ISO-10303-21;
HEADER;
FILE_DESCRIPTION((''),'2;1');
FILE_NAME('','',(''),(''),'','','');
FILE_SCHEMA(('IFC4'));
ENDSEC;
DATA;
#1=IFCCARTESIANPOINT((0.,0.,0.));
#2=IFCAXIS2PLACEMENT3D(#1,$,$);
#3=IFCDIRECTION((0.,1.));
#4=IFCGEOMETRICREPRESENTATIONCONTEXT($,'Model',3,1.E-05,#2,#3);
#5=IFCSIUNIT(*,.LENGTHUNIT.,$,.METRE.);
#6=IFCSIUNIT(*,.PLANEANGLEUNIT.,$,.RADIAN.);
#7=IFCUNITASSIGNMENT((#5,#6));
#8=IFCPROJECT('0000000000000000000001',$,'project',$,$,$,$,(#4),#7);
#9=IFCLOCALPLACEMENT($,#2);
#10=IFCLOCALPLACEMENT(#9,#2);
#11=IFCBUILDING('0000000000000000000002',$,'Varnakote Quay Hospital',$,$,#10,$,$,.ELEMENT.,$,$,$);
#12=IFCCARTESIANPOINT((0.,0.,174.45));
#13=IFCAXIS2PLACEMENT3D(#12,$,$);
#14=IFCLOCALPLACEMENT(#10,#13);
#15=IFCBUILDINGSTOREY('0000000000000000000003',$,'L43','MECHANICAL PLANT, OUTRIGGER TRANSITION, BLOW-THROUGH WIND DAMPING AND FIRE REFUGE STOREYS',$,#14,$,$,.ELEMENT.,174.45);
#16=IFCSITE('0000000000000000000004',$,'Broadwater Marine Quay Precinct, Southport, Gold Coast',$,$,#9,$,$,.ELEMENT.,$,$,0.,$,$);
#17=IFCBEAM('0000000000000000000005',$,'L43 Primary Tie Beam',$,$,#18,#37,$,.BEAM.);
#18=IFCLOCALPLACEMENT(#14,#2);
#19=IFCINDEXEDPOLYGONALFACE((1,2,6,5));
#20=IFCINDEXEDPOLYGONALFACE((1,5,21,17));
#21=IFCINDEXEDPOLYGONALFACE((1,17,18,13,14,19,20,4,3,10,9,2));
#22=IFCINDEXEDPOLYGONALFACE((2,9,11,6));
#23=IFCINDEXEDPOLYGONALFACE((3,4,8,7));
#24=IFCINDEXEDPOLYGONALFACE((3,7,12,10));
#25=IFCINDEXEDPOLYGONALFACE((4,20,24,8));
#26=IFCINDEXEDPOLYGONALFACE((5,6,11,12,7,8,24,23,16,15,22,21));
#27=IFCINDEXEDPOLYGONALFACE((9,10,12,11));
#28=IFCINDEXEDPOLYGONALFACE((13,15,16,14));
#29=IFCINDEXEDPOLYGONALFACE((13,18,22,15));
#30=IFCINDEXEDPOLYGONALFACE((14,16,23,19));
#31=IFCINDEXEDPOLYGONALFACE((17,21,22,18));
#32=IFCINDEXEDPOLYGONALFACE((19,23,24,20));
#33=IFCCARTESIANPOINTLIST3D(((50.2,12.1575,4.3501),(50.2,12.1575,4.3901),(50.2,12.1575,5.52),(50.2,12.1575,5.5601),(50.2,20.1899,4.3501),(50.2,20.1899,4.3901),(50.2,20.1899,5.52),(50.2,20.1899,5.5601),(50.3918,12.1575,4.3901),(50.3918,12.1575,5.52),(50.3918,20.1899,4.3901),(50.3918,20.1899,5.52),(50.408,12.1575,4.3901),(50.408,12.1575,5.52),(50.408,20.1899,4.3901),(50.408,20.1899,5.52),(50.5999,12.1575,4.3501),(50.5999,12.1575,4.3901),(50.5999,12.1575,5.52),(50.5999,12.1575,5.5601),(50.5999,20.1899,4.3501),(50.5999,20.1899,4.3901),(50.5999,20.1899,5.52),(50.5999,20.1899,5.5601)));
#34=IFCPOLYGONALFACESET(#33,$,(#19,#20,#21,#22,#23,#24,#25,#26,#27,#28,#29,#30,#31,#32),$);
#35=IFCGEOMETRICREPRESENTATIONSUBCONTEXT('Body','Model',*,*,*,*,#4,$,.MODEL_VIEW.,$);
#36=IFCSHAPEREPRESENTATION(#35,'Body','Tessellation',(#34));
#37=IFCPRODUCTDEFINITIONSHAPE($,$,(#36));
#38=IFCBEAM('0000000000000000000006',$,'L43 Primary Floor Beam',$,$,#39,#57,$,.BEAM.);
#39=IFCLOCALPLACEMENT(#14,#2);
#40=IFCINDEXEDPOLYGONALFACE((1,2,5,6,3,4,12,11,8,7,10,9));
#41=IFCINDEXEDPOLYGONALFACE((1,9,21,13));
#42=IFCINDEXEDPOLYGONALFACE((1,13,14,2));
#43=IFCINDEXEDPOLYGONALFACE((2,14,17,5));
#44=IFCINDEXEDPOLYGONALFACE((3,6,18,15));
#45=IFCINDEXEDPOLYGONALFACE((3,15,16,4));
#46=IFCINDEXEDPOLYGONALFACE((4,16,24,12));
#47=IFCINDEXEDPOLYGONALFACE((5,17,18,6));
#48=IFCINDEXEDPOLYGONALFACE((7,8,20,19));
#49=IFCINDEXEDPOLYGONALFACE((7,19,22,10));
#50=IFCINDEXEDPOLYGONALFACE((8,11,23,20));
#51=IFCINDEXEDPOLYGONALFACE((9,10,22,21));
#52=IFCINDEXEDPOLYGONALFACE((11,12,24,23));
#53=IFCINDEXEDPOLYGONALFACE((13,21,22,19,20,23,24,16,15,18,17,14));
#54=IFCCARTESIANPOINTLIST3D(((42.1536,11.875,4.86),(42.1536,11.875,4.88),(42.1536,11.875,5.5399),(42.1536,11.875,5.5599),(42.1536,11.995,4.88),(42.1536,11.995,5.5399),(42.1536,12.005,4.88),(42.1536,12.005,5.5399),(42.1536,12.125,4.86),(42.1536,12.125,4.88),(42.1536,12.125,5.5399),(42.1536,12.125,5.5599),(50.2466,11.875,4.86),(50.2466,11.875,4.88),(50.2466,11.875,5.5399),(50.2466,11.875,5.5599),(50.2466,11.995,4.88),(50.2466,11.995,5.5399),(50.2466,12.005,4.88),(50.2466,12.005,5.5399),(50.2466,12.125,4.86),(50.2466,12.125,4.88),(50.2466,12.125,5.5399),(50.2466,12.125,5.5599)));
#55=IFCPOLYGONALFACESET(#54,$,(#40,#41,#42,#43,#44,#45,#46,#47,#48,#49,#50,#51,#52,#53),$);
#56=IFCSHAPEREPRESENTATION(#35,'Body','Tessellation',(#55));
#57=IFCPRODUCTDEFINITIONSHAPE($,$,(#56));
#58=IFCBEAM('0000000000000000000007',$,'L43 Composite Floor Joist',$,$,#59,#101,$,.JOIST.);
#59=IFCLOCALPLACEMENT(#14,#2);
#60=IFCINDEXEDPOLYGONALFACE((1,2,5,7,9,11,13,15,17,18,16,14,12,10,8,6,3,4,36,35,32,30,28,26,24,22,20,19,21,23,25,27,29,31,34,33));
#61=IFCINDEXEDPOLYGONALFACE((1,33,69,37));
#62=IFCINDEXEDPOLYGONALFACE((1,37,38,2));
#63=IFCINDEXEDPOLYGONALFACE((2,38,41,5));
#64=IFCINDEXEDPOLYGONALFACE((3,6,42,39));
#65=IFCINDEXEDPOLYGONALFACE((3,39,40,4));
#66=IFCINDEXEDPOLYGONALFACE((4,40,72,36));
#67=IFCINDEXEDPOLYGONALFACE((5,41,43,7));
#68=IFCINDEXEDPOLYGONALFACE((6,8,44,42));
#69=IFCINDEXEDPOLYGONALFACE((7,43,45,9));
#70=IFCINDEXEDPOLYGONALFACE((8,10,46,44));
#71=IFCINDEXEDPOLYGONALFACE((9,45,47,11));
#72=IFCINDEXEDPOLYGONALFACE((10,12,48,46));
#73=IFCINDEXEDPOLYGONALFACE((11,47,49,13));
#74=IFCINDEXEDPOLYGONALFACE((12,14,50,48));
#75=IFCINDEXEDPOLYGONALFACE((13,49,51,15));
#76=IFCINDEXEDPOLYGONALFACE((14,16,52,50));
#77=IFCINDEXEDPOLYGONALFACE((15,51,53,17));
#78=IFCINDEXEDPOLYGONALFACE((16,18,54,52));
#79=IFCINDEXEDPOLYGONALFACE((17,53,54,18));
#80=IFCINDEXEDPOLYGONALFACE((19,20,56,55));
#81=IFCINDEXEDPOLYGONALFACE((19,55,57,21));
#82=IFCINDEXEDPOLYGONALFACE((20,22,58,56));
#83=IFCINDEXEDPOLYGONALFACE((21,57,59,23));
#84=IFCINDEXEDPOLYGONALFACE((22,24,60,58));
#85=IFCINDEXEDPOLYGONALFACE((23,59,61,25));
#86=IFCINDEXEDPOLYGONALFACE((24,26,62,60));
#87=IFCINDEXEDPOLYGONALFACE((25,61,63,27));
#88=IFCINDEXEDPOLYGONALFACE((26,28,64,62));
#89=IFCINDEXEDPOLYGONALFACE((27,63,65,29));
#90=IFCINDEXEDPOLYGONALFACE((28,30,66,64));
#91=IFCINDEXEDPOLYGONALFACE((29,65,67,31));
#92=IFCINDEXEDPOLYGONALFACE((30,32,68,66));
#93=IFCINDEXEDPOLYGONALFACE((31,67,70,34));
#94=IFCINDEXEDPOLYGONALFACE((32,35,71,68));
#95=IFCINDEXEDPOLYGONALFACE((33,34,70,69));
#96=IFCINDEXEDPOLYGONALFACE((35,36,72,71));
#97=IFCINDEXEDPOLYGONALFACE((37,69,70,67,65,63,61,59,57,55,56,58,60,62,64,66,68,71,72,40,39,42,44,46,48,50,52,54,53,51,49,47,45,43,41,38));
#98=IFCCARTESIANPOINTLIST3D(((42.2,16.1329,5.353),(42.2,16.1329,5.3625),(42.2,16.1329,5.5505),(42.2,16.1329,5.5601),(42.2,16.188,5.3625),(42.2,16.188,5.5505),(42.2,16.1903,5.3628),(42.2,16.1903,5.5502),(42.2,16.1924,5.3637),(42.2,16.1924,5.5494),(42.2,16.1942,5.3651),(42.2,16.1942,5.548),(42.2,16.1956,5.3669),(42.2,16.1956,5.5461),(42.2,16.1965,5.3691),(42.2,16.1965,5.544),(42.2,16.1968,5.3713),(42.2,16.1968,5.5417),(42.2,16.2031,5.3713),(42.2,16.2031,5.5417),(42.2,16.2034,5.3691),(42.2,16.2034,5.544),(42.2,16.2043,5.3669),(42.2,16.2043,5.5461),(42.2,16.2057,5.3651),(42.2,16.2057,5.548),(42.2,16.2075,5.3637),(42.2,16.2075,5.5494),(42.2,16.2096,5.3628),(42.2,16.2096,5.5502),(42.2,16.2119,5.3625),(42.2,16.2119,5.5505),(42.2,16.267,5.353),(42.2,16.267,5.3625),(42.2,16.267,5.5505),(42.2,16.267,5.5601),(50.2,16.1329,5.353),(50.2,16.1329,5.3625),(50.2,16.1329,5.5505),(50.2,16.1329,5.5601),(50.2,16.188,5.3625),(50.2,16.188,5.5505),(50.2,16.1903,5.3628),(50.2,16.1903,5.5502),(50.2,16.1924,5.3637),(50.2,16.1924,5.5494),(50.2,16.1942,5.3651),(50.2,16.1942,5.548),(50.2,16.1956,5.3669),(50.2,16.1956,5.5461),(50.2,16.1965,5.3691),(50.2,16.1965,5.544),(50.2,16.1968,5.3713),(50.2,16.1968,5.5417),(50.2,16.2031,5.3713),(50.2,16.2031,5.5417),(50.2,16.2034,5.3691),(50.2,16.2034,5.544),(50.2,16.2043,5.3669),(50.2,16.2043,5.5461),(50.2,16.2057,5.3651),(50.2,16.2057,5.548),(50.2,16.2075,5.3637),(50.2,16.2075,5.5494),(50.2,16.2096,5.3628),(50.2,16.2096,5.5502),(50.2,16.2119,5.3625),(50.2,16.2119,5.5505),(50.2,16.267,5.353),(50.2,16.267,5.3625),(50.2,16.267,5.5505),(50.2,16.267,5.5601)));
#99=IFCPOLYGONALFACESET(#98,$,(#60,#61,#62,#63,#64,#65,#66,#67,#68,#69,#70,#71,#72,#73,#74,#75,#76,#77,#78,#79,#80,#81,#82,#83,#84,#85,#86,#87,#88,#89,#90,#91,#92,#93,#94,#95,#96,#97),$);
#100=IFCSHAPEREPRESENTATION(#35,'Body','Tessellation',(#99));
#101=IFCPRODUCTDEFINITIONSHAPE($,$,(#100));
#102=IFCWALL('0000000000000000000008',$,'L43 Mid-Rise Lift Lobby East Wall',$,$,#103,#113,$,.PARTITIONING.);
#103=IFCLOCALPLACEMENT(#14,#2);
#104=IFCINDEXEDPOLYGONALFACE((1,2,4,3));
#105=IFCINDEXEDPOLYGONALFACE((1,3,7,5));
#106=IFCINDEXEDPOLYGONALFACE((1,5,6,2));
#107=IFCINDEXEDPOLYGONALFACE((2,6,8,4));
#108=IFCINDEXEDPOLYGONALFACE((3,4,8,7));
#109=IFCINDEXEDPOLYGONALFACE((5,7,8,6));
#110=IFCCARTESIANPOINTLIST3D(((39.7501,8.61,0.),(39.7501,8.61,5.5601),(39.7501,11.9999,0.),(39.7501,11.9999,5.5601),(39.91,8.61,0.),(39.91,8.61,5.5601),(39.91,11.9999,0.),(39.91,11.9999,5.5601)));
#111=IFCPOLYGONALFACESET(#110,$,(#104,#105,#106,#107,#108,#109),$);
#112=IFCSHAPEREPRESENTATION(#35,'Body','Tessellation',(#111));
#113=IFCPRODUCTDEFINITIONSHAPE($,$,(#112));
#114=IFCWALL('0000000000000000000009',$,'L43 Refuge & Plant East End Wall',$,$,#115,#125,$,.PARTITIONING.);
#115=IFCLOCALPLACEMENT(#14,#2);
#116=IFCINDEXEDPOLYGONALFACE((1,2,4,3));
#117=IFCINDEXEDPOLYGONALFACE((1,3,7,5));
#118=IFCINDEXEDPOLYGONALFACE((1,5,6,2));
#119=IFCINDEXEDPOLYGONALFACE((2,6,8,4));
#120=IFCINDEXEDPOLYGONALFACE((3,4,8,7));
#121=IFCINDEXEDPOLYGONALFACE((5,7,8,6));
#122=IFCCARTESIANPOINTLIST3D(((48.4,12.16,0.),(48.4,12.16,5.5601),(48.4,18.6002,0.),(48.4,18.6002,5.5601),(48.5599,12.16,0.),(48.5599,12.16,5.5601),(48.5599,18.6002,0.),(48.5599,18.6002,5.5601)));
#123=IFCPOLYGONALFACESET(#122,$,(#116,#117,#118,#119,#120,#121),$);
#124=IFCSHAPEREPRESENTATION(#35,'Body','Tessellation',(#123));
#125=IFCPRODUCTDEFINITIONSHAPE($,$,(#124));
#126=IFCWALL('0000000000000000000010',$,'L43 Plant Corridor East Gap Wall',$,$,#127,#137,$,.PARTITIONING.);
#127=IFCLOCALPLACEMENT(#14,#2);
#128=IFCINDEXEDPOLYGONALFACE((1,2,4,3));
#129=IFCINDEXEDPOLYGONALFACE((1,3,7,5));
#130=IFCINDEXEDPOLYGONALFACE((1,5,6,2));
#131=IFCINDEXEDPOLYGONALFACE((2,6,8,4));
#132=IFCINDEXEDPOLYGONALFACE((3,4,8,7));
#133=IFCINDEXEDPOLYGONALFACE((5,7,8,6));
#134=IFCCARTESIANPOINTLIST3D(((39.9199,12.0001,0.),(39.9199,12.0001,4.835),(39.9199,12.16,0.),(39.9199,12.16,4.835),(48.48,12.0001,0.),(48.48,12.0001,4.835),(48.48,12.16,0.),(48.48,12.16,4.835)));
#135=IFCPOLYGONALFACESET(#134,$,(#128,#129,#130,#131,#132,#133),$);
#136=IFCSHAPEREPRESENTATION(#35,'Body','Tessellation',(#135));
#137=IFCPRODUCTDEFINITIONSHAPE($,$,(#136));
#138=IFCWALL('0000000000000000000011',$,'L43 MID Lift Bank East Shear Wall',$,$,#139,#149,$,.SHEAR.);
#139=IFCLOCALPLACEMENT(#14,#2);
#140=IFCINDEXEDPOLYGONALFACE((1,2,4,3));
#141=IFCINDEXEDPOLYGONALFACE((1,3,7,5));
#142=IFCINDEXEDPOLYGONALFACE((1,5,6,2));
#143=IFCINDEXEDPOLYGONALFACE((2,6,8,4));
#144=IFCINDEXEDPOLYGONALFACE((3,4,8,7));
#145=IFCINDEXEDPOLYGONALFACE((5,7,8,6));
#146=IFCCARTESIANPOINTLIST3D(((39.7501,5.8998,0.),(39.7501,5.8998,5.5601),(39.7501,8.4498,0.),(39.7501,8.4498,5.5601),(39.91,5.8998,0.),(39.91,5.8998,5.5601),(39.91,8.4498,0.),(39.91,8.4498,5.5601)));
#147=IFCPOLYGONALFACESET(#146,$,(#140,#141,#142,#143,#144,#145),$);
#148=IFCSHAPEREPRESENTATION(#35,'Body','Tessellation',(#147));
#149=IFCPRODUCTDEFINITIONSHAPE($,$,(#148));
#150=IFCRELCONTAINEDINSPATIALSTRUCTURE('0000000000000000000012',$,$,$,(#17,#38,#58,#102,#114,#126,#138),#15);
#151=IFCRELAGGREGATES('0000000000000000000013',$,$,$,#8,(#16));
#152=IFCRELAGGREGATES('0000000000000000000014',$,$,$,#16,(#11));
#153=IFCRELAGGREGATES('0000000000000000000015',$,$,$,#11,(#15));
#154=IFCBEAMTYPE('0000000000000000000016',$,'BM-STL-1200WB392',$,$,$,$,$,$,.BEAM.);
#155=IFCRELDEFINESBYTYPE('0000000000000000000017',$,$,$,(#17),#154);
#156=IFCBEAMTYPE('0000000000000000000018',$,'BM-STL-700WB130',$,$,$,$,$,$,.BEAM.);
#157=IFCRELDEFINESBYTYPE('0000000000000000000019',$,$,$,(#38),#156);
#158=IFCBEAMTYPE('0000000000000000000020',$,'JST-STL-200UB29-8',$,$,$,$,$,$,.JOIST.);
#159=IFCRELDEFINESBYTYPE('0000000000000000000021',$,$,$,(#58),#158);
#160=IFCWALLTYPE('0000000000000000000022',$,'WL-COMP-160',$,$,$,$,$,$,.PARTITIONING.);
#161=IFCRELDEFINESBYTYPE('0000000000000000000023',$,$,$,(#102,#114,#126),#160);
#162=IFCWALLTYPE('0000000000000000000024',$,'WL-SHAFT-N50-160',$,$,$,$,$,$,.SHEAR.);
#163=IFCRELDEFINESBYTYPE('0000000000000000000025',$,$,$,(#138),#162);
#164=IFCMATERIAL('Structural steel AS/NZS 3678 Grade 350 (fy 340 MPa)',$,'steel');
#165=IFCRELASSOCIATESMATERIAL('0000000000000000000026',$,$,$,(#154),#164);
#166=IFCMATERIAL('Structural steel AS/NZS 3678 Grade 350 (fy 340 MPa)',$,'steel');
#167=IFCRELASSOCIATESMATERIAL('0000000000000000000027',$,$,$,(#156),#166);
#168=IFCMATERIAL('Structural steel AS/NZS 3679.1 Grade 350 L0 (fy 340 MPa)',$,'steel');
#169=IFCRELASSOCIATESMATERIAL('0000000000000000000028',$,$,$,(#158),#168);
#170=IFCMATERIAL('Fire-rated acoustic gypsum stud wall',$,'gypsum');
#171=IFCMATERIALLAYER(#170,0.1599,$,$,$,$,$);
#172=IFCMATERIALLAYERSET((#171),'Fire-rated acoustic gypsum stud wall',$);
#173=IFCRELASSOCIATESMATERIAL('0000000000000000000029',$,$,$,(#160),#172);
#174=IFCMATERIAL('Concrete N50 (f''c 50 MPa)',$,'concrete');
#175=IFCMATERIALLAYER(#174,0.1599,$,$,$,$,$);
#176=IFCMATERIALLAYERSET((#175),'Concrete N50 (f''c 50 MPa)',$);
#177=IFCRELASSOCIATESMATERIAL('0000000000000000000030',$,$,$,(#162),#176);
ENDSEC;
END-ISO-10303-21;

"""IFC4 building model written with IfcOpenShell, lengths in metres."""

from ifc_helpers import new_model, si_unit, direction, frame, frame_2d, origin, origin_2d, place, context, subcontext, project, spatial, rectangle, i_section, extrude, material, layer, layer_set, material_profile, profile_set, type_object, element, save


model = new_model("IFC4")

# Units and contexts
model_context = context("Model", 3, precision=1e-05, world=origin(), true_north=direction((0.0, 1.0)))
body_context = subcontext(model_context, "Body", "Model", "MODEL_VIEW")
ifc_project = project(units=[si_unit("LENGTHUNIT", "METRE"), si_unit("PLANEANGLEUNIT", "RADIAN")], contexts=[model_context])

# Site, building, storey
site_placement = place(None, origin())
site = spatial("IfcSite", under=ifc_project, at=site_placement, Name="Broadwater Marine Quay Precinct, Southport, Gold Coast", CompositionType="ELEMENT", RefElevation=0.0)
building_placement = place(site_placement, origin())
building = spatial("IfcBuilding", under=site, at=building_placement, Name="Varnakote Quay Hospital", CompositionType="ELEMENT")
storey_placement = place(building_placement, frame((0.0, 0.0, 174.45)))
storey = spatial("IfcBuildingStorey", under=building, at=storey_placement, Name="L43", Description="MECHANICAL PLANT, OUTRIGGER TRANSITION, BLOW-THROUGH WIND DAMPING AND FIRE REFUGE STOREYS", CompositionType="ELEMENT", Elevation=174.45)

# Beams
ifc_material_1 = material(Name="Structural steel AS/NZS 3678 Grade 350 (fy 340 MPa)", Category="steel")
ifc_material_profile_1 = material_profile(ifc_material_1, i_section(OverallWidth=0.3999, OverallDepth=1.21, WebThickness=0.0161, FlangeThickness=0.04, at=origin_2d()), Name="1200WB392")
ifc_profile_set_1 = profile_set([ifc_material_profile_1], Name="Structural steel AS/NZS 3678 Grade 350 (fy 340 MPa)")
beam_type_1 = type_object("IfcBeamType", Name="BM-STL-1200WB392", PredefinedType="BEAM", material=ifc_profile_set_1)
beam_1_placement = place(storey_placement, frame((50.3999, 12.1575, 4.9551), z_axis=(0.0, 1.0, 0.0), x_axis=(-1.0, 0.0, 0.0)))
element("IfcBeam", 1, at=beam_1_placement, inside=storey, type_object=beam_type_1, Name="L43 Primary Tie Beam", PredefinedType="BEAM", context=body_context, shape_type="SweptSolid", body=[
    extrude(i_section(OverallWidth=0.3999, OverallDepth=1.21, WebThickness=0.0161, FlangeThickness=0.04, at=origin_2d()), origin(), (0.0, 0.0, 1.0), 8.0325),
])
ifc_material_2 = material(Name="Structural steel AS/NZS 3678 Grade 350 (fy 340 MPa)", Category="steel")
ifc_material_profile_2 = material_profile(ifc_material_2, i_section(OverallWidth=0.25, OverallDepth=0.7, WebThickness=0.01, FlangeThickness=0.02, at=origin_2d()), Name="700WB130")
ifc_profile_set_2 = profile_set([ifc_material_profile_2], Name="Structural steel AS/NZS 3678 Grade 350 (fy 340 MPa)")
beam_type_2 = type_object("IfcBeamType", Name="BM-STL-700WB130", PredefinedType="BEAM", material=ifc_profile_set_2)
beam_2_placement = place(storey_placement, frame((42.1536, 12.0, 5.21), z_axis=(1.0, 0.0, 0.0), x_axis=(0.0, 1.0, 0.0)))
element("IfcBeam", 2, at=beam_2_placement, inside=storey, type_object=beam_type_2, Name="L43 Primary Floor Beam", PredefinedType="BEAM", context=body_context, shape_type="SweptSolid", body=[
    extrude(i_section(OverallWidth=0.25, OverallDepth=0.7, WebThickness=0.01, FlangeThickness=0.02, at=origin_2d()), origin(), (0.0, 0.0, 1.0), 8.093),
])
ifc_material_3 = material(Name="Structural steel AS/NZS 3679.1 Grade 350 L0 (fy 340 MPa)", Category="steel")
ifc_material_profile_3 = material_profile(ifc_material_3, i_section(OverallWidth=0.134, OverallDepth=0.207, WebThickness=0.0063, FlangeThickness=0.0095, FilletRadius=0.0088, at=origin_2d()), Name="200UB29.8")
ifc_profile_set_3 = profile_set([ifc_material_profile_3], Name="Structural steel AS/NZS 3679.1 Grade 350 L0 (fy 340 MPa)")
beam_type_3 = type_object("IfcBeamType", Name="JST-STL-200UB29-8", PredefinedType="JOIST", material=ifc_profile_set_3)
beam_3_placement = place(storey_placement, frame((42.2, 16.2, 5.4565), z_axis=(1.0, 0.0, 0.0), x_axis=(0.0, 1.0, 0.0)))
element("IfcBeam", 3, at=beam_3_placement, inside=storey, type_object=beam_type_3, Name="L43 Composite Floor Joist", PredefinedType="JOIST", context=body_context, shape_type="SweptSolid", body=[
    extrude(i_section(OverallWidth=0.134, OverallDepth=0.207, WebThickness=0.0063, FlangeThickness=0.0095, FilletRadius=0.0088, at=origin_2d()), origin(), (0.0, 0.0, 1.0), 8.0),
])

# Walls
ifc_material_4 = material(Name="Fire-rated acoustic gypsum stud wall", Category="gypsum")
ifc_layer_1 = layer(ifc_material_4, 0.1599)
ifc_layer_set_1 = layer_set([ifc_layer_1], Name="Fire-rated acoustic gypsum stud wall")
wall_type_1 = type_object("IfcWallType", Name="WL-COMP-160", PredefinedType="PARTITIONING", material=ifc_layer_set_1)
wall_1_placement = place(storey_placement, frame((39.8301, 8.6101, 0.0), z_axis=(0.0, 0.0, 1.0), x_axis=(0.0, 1.0, 0.0)))
element("IfcWall", 4, at=wall_1_placement, inside=storey, type_object=wall_type_1, Name="L43 Mid-Rise Lift Lobby East Wall", PredefinedType="PARTITIONING", context=body_context, shape_type="SweptSolid", body=[
    extrude(rectangle(XDim=3.3899, YDim=0.1599, at=frame_2d((1.6948, 0.0))), origin(), (0.0, 0.0, 1.0), 5.5601),
])
wall_2_placement = place(storey_placement, frame((48.48, 12.1599, 0.0), z_axis=(0.0, 0.0, 1.0), x_axis=(0.0, 1.0, 0.0)))
element("IfcWall", 5, at=wall_2_placement, inside=storey, type_object=wall_type_1, Name="L43 Refuge & Plant East End Wall", PredefinedType="PARTITIONING", context=body_context, shape_type="SweptSolid", body=[
    extrude(rectangle(XDim=6.4402, YDim=0.1599, at=frame_2d((3.2202, 0.0))), origin(), (0.0, 0.0, 1.0), 5.5601),
])
wall_3_placement = place(storey_placement, frame((39.9199, 12.0801, 0.0), z_axis=(0.0, 0.0, 1.0), x_axis=(1.0, 0.0, 0.0)))
element("IfcWall", 6, at=wall_3_placement, inside=storey, type_object=wall_type_1, Name="L43 Plant Corridor East Gap Wall", PredefinedType="PARTITIONING", context=body_context, shape_type="SweptSolid", body=[
    extrude(rectangle(XDim=8.5601, YDim=0.1599, at=frame_2d((4.28, 0.0))), origin(), (0.0, 0.0, 1.0), 4.835),
])
ifc_material_5 = material(Name="Concrete N50 (f'c 50 MPa)", Category="concrete")
ifc_layer_2 = layer(ifc_material_5, 0.1599)
ifc_layer_set_2 = layer_set([ifc_layer_2], Name="Concrete N50 (f'c 50 MPa)")
wall_type_2 = type_object("IfcWallType", Name="WL-SHAFT-N50-160", PredefinedType="SHEAR", material=ifc_layer_set_2)
wall_4_placement = place(storey_placement, frame((39.8301, 5.8999, 0.0), z_axis=(0.0, 0.0, 1.0), x_axis=(0.0, 1.0, 0.0)))
element("IfcWall", 7, at=wall_4_placement, inside=storey, type_object=wall_type_2, Name="L43 MID Lift Bank East Shear Wall", PredefinedType="SHEAR", context=body_context, shape_type="SweptSolid", body=[
    extrude(rectangle(XDim=2.55, YDim=0.1599, at=frame_2d((1.2749, 0.0))), origin(), (0.0, 0.0, 1.0), 5.5601),
])

save(model, "model.ifc")
